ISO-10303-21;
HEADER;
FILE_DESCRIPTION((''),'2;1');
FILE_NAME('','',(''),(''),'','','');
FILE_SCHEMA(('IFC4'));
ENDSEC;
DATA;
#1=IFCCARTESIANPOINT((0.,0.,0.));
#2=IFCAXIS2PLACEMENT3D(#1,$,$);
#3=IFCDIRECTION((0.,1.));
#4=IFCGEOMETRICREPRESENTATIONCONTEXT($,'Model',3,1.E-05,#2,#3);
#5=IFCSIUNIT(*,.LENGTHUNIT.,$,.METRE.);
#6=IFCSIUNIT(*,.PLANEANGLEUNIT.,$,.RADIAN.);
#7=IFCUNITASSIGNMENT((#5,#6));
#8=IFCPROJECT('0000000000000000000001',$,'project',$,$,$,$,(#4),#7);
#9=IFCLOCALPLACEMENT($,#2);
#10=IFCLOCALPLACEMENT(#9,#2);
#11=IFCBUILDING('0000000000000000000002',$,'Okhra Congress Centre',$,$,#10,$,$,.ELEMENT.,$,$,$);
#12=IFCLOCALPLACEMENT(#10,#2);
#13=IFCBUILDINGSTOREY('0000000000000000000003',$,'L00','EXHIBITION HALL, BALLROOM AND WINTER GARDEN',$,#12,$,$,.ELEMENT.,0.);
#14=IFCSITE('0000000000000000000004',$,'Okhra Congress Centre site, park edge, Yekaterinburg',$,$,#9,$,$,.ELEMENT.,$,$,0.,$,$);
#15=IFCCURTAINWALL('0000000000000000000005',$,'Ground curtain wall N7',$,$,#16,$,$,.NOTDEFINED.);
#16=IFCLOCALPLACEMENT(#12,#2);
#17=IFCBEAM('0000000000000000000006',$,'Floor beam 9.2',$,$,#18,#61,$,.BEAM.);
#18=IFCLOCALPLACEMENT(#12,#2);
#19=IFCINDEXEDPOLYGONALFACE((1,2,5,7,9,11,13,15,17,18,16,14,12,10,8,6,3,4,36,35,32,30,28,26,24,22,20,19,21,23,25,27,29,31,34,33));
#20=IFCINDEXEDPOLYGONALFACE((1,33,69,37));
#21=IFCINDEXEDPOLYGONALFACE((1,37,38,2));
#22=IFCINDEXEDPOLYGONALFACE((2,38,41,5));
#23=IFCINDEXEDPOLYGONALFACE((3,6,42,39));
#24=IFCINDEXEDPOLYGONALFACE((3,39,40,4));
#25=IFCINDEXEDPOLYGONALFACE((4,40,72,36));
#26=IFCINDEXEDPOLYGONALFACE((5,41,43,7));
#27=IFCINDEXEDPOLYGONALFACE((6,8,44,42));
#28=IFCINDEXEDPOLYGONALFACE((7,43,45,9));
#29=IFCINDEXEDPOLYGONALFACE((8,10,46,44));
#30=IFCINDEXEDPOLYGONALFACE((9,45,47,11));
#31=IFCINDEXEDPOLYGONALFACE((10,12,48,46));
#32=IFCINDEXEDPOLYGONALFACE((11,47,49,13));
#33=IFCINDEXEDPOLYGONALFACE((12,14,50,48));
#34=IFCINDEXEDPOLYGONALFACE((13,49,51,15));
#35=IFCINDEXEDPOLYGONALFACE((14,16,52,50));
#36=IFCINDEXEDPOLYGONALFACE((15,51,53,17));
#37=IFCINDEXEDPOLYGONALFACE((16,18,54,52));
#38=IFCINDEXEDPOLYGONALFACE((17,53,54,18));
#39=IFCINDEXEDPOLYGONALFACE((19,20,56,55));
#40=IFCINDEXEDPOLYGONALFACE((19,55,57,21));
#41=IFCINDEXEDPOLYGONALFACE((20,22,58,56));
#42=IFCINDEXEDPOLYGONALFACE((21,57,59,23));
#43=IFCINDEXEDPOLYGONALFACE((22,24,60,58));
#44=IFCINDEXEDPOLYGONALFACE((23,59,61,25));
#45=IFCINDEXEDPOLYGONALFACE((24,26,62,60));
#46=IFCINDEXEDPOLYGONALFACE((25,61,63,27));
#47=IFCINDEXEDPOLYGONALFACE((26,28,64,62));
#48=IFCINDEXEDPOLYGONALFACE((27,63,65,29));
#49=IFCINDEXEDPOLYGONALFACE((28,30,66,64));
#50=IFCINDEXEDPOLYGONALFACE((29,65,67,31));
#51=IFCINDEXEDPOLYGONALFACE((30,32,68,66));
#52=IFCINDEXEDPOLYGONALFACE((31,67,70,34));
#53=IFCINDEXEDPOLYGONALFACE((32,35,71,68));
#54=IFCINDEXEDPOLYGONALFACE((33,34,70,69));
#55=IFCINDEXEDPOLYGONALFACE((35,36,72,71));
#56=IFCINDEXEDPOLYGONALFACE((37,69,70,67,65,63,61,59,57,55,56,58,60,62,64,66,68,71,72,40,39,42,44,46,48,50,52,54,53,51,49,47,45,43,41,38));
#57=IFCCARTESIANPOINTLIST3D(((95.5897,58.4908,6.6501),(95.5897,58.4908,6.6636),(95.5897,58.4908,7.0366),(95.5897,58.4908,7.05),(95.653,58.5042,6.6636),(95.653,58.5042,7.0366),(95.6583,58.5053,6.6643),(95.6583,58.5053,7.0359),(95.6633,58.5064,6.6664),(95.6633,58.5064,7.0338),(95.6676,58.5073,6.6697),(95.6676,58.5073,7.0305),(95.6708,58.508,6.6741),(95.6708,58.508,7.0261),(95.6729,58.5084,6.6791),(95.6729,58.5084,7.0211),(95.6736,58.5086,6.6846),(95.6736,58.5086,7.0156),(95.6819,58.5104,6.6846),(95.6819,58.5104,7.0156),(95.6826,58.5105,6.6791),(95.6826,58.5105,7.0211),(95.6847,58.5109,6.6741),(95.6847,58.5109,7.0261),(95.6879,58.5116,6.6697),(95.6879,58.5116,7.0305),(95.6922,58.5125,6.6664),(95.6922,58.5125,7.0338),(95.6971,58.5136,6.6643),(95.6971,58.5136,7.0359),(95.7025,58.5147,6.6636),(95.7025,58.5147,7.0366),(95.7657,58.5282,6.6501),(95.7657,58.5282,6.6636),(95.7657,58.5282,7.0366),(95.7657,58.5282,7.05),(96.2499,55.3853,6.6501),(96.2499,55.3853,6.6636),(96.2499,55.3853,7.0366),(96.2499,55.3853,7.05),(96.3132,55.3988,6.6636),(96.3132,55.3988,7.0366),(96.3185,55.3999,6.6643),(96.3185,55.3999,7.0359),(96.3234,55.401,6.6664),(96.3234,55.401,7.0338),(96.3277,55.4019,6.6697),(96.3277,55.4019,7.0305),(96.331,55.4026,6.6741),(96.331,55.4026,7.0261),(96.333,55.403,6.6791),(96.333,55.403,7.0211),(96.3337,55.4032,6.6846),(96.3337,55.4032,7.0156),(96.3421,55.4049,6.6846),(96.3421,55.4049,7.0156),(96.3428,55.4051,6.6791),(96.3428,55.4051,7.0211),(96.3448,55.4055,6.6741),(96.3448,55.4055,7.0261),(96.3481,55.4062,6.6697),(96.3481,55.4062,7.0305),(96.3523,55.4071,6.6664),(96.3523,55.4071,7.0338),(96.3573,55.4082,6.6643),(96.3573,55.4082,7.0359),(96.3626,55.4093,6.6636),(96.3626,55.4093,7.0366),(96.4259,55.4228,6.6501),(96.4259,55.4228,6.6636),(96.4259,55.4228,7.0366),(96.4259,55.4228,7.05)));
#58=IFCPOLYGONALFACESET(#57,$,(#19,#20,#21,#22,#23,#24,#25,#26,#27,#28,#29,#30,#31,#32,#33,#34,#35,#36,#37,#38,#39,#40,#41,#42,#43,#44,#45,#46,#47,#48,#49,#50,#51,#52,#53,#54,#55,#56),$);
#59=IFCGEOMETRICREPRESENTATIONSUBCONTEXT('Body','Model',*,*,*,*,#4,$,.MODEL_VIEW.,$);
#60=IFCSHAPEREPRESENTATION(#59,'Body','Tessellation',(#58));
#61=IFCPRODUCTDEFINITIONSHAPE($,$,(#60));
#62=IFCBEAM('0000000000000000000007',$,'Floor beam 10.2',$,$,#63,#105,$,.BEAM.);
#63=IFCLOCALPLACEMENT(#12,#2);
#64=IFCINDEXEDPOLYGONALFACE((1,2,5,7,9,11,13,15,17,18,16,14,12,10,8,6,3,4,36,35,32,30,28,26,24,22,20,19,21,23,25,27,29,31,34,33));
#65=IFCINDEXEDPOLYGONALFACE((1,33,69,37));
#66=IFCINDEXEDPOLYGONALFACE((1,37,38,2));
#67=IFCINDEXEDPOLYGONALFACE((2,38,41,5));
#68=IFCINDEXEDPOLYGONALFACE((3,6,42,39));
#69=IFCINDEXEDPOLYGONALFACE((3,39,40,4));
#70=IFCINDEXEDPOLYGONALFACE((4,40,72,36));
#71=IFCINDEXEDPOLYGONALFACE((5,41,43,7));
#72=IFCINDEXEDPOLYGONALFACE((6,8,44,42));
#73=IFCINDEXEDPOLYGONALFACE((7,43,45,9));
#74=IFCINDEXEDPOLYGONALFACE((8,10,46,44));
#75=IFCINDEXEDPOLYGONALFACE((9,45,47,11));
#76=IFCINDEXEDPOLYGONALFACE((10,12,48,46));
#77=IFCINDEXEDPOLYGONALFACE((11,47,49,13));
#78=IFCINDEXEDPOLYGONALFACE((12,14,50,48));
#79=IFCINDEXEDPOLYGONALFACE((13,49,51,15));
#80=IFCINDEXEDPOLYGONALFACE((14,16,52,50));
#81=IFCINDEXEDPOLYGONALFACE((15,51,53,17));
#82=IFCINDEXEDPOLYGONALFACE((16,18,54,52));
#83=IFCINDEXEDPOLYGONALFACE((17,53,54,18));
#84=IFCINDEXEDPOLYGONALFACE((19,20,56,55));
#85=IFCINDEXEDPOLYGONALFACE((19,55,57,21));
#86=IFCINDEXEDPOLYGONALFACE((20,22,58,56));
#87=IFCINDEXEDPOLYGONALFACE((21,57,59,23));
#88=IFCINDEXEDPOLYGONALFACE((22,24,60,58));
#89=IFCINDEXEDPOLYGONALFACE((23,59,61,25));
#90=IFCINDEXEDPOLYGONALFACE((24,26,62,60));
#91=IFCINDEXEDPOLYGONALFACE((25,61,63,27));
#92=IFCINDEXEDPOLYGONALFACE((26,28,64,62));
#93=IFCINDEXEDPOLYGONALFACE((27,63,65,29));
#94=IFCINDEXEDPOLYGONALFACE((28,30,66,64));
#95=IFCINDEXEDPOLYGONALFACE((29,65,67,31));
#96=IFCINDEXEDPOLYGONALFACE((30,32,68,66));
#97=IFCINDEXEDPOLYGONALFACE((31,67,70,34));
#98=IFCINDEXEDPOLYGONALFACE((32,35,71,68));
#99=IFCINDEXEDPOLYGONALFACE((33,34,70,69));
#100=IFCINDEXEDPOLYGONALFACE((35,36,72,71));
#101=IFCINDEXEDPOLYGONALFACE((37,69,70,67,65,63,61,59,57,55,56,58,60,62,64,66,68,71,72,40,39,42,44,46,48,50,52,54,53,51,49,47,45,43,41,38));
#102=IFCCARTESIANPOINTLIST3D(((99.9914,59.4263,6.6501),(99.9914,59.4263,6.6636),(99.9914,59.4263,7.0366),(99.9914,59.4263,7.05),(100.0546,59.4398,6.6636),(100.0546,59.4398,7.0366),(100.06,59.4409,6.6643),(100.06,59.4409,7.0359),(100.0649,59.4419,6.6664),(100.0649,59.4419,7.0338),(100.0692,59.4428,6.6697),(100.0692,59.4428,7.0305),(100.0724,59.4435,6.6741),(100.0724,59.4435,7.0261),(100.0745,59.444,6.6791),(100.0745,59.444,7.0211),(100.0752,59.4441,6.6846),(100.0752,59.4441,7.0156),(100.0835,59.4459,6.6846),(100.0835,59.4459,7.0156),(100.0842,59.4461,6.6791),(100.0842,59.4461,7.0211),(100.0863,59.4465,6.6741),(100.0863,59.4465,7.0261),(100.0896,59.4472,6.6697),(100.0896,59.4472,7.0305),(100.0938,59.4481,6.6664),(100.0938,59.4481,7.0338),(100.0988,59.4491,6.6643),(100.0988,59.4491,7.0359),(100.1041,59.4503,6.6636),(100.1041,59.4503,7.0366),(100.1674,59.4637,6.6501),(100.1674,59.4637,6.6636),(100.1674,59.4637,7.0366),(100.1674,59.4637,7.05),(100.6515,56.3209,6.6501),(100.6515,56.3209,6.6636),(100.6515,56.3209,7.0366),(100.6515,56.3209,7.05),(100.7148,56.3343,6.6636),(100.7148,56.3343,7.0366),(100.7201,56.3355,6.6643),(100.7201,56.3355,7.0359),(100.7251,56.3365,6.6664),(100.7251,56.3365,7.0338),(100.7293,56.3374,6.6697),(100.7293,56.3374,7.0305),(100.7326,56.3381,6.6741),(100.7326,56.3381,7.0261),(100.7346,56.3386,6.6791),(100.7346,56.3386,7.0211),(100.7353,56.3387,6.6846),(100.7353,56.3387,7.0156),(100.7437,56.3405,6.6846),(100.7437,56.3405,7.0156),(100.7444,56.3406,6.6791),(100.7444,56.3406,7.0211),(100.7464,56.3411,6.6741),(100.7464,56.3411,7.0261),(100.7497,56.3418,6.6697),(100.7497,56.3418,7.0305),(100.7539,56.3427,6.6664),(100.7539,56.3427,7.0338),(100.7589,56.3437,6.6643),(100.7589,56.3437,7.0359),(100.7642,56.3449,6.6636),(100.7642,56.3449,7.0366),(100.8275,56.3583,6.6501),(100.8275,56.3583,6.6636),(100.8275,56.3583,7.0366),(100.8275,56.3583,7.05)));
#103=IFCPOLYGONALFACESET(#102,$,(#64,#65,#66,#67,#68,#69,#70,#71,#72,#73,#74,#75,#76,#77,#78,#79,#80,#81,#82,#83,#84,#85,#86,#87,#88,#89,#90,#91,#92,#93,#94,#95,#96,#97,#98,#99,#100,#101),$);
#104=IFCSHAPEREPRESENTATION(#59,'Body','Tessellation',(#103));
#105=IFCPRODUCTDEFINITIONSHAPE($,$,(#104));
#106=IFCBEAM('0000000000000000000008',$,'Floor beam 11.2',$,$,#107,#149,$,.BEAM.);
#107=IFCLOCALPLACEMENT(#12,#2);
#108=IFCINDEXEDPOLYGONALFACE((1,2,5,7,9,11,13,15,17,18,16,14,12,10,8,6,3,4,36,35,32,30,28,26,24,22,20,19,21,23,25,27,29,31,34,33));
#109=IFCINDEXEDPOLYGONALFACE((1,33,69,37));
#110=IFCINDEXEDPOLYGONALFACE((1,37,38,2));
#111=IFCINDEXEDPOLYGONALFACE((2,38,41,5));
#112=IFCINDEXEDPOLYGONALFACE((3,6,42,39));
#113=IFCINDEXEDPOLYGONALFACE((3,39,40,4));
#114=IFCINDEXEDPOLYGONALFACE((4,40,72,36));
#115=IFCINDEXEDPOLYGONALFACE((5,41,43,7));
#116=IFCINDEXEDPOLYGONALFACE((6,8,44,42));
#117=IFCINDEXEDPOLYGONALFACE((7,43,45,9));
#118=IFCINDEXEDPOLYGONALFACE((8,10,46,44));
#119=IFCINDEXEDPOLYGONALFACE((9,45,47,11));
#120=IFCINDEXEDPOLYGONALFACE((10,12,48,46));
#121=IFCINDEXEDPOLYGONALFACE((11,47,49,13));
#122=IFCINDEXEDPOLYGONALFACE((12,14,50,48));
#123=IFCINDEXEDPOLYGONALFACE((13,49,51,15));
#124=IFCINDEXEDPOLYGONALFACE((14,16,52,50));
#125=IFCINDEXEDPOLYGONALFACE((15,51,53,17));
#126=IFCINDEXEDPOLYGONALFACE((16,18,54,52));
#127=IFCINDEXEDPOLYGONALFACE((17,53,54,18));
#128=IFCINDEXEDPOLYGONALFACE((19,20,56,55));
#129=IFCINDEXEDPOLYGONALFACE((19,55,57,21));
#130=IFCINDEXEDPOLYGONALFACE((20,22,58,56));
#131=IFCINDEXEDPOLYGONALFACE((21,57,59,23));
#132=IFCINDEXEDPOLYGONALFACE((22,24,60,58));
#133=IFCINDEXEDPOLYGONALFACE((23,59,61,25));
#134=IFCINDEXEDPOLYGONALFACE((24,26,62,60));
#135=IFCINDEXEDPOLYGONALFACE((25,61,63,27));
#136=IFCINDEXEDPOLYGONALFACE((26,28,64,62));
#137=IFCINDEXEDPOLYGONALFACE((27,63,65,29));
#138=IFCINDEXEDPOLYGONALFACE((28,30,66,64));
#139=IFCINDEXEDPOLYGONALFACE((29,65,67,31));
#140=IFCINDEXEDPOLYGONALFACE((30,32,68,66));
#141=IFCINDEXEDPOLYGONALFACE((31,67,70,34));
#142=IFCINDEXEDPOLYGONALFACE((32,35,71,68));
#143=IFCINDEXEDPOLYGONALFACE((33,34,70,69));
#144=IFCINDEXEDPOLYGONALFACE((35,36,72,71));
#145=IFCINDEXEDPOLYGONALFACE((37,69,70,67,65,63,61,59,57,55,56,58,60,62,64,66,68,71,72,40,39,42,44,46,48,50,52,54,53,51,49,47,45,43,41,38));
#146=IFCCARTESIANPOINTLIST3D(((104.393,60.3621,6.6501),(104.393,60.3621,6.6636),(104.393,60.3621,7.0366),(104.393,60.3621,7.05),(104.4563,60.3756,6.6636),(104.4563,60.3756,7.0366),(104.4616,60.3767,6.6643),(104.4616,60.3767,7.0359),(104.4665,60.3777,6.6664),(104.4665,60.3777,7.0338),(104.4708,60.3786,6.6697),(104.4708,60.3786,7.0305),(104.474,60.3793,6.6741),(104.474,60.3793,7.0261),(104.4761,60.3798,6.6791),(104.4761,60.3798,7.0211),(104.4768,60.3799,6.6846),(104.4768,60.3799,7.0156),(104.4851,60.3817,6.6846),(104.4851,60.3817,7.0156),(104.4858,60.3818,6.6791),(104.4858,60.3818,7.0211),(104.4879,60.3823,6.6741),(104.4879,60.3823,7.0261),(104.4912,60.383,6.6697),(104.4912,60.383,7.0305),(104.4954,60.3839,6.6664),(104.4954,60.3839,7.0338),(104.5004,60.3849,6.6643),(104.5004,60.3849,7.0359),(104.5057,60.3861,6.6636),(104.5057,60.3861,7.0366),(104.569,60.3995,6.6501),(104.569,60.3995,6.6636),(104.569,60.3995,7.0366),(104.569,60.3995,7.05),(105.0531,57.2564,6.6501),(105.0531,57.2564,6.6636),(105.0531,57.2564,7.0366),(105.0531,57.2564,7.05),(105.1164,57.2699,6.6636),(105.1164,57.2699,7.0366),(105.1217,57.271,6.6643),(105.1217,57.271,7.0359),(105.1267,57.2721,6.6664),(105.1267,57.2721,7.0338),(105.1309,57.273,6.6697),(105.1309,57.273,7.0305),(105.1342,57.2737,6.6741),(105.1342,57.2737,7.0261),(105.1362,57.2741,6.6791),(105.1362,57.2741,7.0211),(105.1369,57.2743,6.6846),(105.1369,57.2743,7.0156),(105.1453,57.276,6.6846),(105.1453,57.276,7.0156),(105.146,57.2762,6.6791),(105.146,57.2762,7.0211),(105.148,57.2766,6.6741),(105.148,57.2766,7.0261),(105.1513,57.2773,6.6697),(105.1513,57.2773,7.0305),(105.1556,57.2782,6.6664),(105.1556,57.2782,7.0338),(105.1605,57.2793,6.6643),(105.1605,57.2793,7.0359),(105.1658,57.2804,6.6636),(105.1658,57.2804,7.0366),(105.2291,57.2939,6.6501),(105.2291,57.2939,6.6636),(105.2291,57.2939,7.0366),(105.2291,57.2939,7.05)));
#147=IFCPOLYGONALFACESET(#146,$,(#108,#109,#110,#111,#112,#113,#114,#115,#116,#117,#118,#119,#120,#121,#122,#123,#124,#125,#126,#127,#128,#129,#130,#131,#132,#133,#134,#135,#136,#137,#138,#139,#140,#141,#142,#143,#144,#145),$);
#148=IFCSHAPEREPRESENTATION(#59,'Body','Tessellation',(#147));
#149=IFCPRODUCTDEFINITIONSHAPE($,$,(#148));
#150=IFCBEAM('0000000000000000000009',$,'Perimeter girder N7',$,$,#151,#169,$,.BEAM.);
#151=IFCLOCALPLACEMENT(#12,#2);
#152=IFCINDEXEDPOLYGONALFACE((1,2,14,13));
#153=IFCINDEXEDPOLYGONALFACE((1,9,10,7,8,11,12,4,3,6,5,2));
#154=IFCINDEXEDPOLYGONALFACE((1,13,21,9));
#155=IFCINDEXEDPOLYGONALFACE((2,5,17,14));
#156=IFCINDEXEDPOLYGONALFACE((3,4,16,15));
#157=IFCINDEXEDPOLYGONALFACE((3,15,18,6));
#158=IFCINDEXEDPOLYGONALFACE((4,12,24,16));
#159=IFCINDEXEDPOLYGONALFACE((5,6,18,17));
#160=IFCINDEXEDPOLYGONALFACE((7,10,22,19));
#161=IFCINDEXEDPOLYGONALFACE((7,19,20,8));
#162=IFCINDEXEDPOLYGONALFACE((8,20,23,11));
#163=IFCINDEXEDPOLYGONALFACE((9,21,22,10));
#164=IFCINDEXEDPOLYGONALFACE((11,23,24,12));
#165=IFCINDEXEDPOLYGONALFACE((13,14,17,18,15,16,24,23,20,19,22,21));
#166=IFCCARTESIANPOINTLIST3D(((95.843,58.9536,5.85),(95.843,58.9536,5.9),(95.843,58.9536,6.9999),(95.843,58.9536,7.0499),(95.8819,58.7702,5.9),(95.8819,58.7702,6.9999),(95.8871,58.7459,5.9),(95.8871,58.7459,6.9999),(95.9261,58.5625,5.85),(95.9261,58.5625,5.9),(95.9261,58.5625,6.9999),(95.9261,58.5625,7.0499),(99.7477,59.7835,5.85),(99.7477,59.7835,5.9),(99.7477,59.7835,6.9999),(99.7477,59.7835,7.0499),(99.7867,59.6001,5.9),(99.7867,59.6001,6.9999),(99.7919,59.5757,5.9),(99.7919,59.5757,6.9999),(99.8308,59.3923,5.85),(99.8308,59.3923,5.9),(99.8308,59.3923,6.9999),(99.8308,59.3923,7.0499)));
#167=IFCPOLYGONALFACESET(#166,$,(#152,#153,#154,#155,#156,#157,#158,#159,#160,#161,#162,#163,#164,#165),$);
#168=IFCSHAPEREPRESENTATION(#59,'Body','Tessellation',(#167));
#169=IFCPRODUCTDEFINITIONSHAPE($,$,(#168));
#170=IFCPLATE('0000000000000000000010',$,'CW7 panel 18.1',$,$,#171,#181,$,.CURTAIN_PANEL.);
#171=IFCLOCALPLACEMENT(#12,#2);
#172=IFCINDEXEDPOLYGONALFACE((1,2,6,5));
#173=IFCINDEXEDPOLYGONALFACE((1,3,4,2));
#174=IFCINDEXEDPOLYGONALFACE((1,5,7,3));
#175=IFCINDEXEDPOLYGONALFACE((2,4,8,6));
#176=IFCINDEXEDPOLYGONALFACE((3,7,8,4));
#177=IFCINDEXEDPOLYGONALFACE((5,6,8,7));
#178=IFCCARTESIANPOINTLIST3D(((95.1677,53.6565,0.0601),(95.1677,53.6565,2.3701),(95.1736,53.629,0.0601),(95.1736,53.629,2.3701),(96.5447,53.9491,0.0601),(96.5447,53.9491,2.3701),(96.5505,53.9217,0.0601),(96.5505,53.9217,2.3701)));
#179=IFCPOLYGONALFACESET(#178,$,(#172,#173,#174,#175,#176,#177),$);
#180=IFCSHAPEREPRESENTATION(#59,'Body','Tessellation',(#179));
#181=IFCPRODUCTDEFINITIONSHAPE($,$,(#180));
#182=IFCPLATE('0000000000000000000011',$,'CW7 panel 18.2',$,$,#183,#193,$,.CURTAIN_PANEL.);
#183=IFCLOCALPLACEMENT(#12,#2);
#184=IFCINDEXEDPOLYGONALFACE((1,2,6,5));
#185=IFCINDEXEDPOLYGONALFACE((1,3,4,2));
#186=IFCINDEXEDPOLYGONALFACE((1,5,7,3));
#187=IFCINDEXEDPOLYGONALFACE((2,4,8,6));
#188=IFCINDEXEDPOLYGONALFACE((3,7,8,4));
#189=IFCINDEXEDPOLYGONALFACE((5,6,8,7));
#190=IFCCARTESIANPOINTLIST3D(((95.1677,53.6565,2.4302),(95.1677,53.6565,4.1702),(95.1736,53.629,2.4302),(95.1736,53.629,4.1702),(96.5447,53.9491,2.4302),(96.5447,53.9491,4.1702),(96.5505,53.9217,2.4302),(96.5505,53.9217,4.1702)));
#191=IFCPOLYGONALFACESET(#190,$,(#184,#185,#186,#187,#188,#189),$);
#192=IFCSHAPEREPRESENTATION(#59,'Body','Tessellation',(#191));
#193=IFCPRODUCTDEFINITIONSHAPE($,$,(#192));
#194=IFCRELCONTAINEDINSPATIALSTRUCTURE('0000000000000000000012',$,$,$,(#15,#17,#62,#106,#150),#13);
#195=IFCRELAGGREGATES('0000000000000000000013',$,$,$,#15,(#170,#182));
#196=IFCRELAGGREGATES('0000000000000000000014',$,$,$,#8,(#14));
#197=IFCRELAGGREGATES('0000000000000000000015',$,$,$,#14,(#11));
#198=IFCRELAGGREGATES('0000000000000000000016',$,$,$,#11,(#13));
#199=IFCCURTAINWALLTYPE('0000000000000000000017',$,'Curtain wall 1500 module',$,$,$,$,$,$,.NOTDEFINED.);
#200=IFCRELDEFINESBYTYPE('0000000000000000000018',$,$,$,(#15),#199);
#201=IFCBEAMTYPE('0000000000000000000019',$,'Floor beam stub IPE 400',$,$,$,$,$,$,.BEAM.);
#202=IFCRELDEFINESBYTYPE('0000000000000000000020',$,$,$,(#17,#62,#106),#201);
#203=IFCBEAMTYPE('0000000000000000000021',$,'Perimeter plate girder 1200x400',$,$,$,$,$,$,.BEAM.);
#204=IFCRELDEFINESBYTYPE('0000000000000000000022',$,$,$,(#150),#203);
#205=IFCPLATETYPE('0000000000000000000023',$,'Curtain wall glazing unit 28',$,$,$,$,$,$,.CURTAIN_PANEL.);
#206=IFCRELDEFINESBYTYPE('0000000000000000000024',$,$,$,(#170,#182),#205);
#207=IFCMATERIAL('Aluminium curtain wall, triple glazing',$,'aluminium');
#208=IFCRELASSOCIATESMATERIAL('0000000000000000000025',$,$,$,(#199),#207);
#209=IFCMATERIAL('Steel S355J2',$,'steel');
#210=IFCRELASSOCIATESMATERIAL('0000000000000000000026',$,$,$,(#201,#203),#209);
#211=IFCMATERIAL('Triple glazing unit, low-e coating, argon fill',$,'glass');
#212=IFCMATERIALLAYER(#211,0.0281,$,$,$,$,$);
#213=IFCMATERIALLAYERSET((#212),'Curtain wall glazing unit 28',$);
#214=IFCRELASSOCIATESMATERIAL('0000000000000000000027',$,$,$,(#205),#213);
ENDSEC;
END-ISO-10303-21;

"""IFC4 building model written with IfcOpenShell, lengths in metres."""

from ifc_helpers import new_model, si_unit, direction, frame, origin, origin_2d, place, context, subcontext, project, spatial, rectangle, i_section, extrude, material, layer, layer_set, material_profile, profile_set, type_object, element, aggregate, save


model = new_model("IFC4")

# Units and contexts
model_context = context("Model", 3, precision=1e-05, world=origin(), true_north=direction((0.0, 1.0)))
body_context = subcontext(model_context, "Body", "Model", "MODEL_VIEW")
ifc_project = project(units=[si_unit("LENGTHUNIT", "METRE"), si_unit("PLANEANGLEUNIT", "RADIAN")], contexts=[model_context])

# Site, building, storey
site_placement = place(None, origin())
site = spatial("IfcSite", under=ifc_project, at=site_placement, Name="Okhra Congress Centre site, park edge, Yekaterinburg", CompositionType="ELEMENT", RefElevation=0.0)
building_placement = place(site_placement, origin())
building = spatial("IfcBuilding", under=site, at=building_placement, Name="Okhra Congress Centre", CompositionType="ELEMENT")
storey_placement = place(building_placement, origin())
storey = spatial("IfcBuildingStorey", under=building, at=storey_placement, Name="L00", Description="EXHIBITION HALL, BALLROOM AND WINTER GARDEN", CompositionType="ELEMENT", Elevation=0.0)

# Curtain wall
ifc_material_1 = material(Name="Aluminium curtain wall, triple glazing", Category="aluminium")
curtain_wall_type = type_object("IfcCurtainWallType", Name="Curtain wall 1500 module", PredefinedType="NOTDEFINED", material=ifc_material_1)
curtain_wall_placement = place(storey_placement, origin())
curtain_wall = element("IfcCurtainWall", 1, at=curtain_wall_placement, inside=storey, type_object=curtain_wall_type, Name="Ground curtain wall N7", PredefinedType="NOTDEFINED")

# Beams
ifc_material_2 = material(Name="Steel S355J2", Category="steel")
ifc_material_profile_1 = material_profile(ifc_material_2, i_section(OverallWidth=0.1799, OverallDepth=0.3999, WebThickness=0.0085, FlangeThickness=0.0134, FilletRadius=0.021, at=origin_2d()), Name="IPE 400")
ifc_profile_set_1 = profile_set([ifc_material_profile_1], Name="Steel S355J2")
beam_type_1 = type_object("IfcBeamType", Name="Floor beam stub IPE 400", PredefinedType="BEAM", material=ifc_profile_set_1)
for number, where, z_axis, x_axis, name in (
    (2, (96.3379, 55.4041, 6.8501), (-0.207932, 0.978143, 0.0), (-0.978143, -0.207932, 0.0), "Floor beam 9.2"),
    (3, (100.7395, 56.3396, 6.8501), (-0.207932, 0.978143, 0.0), (-0.978143, -0.207932, 0.0), "Floor beam 10.2"),
):
    element("IfcBeam", number, at=place(storey_placement, frame(where, z_axis=z_axis, x_axis=x_axis)), inside=storey, type_object=beam_type_1, Name=name, PredefinedType="BEAM", context=body_context, shape_type="SweptSolid", body=[
        extrude(i_section(OverallWidth=0.1799, OverallDepth=0.3999, WebThickness=0.0085, FlangeThickness=0.0134, FilletRadius=0.021, at=origin_2d()), origin(), (0.0, 0.0, 1.0), 3.1748),
    ])
beam_1_placement = place(storey_placement, frame((105.1411, 57.2751, 6.8501), z_axis=(-0.207917, 0.978147, 0.0), x_axis=(-0.978147, -0.207917, 0.0)))
element("IfcBeam", 4, at=beam_1_placement, inside=storey, type_object=beam_type_1, Name="Floor beam 11.2", PredefinedType="BEAM", context=body_context, shape_type="SweptSolid", body=[
    extrude(i_section(OverallWidth=0.1799, OverallDepth=0.3999, WebThickness=0.0085, FlangeThickness=0.0134, FilletRadius=0.021, at=origin_2d()), origin(), (0.0, 0.0, 1.0), 3.175),
])
ifc_material_profile_2 = material_profile(ifc_material_2, i_section(OverallWidth=0.3999, OverallDepth=1.2, WebThickness=0.0249, FlangeThickness=0.05, at=origin_2d()), Name="Plate girder 1200x400")
ifc_profile_set_2 = profile_set([ifc_material_profile_2], Name="Steel S355J2")
beam_type_2 = type_object("IfcBeamType", Name="Perimeter plate girder 1200x400", PredefinedType="BEAM", material=ifc_profile_set_2)
beam_2_placement = place(storey_placement, frame((95.8845, 58.7581, 6.45), z_axis=(0.978155, 0.207875, 0.0), x_axis=(-0.207875, 0.978155, 0.0)))
element("IfcBeam", 5, at=beam_2_placement, inside=storey, type_object=beam_type_2, Name="Perimeter girder N7", PredefinedType="BEAM", context=body_context, shape_type="SweptSolid", body=[
    extrude(i_section(OverallWidth=0.3999, OverallDepth=1.2, WebThickness=0.0249, FlangeThickness=0.05, at=origin_2d()), origin(), (0.0, 0.0, 1.0), 3.9919),
])

# Plates
ifc_material_3 = material(Name="Triple glazing unit, low-e coating, argon fill", Category="glass")
ifc_layer_1 = layer(ifc_material_3, 0.0281)
ifc_layer_set_1 = layer_set([ifc_layer_1], Name="Curtain wall glazing unit 28")
plate_type = type_object("IfcPlateType", Name="Curtain wall glazing unit 28", PredefinedType="CURTAIN_PANEL", material=ifc_layer_set_1)
plate_1_placement = place(storey_placement, frame((95.8591, 53.7891, 0.0601), z_axis=(0.0, 0.0, 1.0), x_axis=(0.978148, 0.207912, 0.0)))
plate_1 = element("IfcPlate", 6, at=plate_1_placement, type_object=plate_type, Name="CW7 panel 18.1", PredefinedType="CURTAIN_PANEL", context=body_context, shape_type="SweptSolid", body=[
    extrude(rectangle(XDim=1.4077, YDim=0.0281, at=origin_2d()), origin(), (0.0, 0.0, 1.0), 2.3101),
])
plate_2_placement = place(storey_placement, frame((95.8591, 53.7891, 2.4302), z_axis=(0.0, 0.0, 1.0), x_axis=(0.978148, 0.207912, 0.0)))
plate_2 = element("IfcPlate", 7, at=plate_2_placement, type_object=plate_type, Name="CW7 panel 18.2", PredefinedType="CURTAIN_PANEL", context=body_context, shape_type="SweptSolid", body=[
    extrude(rectangle(XDim=1.4077, YDim=0.0281, at=origin_2d()), origin(), (0.0, 0.0, 1.0), 1.74),
])
aggregate(curtain_wall, [plate_1, plate_2])

save(model, "model.ifc")
